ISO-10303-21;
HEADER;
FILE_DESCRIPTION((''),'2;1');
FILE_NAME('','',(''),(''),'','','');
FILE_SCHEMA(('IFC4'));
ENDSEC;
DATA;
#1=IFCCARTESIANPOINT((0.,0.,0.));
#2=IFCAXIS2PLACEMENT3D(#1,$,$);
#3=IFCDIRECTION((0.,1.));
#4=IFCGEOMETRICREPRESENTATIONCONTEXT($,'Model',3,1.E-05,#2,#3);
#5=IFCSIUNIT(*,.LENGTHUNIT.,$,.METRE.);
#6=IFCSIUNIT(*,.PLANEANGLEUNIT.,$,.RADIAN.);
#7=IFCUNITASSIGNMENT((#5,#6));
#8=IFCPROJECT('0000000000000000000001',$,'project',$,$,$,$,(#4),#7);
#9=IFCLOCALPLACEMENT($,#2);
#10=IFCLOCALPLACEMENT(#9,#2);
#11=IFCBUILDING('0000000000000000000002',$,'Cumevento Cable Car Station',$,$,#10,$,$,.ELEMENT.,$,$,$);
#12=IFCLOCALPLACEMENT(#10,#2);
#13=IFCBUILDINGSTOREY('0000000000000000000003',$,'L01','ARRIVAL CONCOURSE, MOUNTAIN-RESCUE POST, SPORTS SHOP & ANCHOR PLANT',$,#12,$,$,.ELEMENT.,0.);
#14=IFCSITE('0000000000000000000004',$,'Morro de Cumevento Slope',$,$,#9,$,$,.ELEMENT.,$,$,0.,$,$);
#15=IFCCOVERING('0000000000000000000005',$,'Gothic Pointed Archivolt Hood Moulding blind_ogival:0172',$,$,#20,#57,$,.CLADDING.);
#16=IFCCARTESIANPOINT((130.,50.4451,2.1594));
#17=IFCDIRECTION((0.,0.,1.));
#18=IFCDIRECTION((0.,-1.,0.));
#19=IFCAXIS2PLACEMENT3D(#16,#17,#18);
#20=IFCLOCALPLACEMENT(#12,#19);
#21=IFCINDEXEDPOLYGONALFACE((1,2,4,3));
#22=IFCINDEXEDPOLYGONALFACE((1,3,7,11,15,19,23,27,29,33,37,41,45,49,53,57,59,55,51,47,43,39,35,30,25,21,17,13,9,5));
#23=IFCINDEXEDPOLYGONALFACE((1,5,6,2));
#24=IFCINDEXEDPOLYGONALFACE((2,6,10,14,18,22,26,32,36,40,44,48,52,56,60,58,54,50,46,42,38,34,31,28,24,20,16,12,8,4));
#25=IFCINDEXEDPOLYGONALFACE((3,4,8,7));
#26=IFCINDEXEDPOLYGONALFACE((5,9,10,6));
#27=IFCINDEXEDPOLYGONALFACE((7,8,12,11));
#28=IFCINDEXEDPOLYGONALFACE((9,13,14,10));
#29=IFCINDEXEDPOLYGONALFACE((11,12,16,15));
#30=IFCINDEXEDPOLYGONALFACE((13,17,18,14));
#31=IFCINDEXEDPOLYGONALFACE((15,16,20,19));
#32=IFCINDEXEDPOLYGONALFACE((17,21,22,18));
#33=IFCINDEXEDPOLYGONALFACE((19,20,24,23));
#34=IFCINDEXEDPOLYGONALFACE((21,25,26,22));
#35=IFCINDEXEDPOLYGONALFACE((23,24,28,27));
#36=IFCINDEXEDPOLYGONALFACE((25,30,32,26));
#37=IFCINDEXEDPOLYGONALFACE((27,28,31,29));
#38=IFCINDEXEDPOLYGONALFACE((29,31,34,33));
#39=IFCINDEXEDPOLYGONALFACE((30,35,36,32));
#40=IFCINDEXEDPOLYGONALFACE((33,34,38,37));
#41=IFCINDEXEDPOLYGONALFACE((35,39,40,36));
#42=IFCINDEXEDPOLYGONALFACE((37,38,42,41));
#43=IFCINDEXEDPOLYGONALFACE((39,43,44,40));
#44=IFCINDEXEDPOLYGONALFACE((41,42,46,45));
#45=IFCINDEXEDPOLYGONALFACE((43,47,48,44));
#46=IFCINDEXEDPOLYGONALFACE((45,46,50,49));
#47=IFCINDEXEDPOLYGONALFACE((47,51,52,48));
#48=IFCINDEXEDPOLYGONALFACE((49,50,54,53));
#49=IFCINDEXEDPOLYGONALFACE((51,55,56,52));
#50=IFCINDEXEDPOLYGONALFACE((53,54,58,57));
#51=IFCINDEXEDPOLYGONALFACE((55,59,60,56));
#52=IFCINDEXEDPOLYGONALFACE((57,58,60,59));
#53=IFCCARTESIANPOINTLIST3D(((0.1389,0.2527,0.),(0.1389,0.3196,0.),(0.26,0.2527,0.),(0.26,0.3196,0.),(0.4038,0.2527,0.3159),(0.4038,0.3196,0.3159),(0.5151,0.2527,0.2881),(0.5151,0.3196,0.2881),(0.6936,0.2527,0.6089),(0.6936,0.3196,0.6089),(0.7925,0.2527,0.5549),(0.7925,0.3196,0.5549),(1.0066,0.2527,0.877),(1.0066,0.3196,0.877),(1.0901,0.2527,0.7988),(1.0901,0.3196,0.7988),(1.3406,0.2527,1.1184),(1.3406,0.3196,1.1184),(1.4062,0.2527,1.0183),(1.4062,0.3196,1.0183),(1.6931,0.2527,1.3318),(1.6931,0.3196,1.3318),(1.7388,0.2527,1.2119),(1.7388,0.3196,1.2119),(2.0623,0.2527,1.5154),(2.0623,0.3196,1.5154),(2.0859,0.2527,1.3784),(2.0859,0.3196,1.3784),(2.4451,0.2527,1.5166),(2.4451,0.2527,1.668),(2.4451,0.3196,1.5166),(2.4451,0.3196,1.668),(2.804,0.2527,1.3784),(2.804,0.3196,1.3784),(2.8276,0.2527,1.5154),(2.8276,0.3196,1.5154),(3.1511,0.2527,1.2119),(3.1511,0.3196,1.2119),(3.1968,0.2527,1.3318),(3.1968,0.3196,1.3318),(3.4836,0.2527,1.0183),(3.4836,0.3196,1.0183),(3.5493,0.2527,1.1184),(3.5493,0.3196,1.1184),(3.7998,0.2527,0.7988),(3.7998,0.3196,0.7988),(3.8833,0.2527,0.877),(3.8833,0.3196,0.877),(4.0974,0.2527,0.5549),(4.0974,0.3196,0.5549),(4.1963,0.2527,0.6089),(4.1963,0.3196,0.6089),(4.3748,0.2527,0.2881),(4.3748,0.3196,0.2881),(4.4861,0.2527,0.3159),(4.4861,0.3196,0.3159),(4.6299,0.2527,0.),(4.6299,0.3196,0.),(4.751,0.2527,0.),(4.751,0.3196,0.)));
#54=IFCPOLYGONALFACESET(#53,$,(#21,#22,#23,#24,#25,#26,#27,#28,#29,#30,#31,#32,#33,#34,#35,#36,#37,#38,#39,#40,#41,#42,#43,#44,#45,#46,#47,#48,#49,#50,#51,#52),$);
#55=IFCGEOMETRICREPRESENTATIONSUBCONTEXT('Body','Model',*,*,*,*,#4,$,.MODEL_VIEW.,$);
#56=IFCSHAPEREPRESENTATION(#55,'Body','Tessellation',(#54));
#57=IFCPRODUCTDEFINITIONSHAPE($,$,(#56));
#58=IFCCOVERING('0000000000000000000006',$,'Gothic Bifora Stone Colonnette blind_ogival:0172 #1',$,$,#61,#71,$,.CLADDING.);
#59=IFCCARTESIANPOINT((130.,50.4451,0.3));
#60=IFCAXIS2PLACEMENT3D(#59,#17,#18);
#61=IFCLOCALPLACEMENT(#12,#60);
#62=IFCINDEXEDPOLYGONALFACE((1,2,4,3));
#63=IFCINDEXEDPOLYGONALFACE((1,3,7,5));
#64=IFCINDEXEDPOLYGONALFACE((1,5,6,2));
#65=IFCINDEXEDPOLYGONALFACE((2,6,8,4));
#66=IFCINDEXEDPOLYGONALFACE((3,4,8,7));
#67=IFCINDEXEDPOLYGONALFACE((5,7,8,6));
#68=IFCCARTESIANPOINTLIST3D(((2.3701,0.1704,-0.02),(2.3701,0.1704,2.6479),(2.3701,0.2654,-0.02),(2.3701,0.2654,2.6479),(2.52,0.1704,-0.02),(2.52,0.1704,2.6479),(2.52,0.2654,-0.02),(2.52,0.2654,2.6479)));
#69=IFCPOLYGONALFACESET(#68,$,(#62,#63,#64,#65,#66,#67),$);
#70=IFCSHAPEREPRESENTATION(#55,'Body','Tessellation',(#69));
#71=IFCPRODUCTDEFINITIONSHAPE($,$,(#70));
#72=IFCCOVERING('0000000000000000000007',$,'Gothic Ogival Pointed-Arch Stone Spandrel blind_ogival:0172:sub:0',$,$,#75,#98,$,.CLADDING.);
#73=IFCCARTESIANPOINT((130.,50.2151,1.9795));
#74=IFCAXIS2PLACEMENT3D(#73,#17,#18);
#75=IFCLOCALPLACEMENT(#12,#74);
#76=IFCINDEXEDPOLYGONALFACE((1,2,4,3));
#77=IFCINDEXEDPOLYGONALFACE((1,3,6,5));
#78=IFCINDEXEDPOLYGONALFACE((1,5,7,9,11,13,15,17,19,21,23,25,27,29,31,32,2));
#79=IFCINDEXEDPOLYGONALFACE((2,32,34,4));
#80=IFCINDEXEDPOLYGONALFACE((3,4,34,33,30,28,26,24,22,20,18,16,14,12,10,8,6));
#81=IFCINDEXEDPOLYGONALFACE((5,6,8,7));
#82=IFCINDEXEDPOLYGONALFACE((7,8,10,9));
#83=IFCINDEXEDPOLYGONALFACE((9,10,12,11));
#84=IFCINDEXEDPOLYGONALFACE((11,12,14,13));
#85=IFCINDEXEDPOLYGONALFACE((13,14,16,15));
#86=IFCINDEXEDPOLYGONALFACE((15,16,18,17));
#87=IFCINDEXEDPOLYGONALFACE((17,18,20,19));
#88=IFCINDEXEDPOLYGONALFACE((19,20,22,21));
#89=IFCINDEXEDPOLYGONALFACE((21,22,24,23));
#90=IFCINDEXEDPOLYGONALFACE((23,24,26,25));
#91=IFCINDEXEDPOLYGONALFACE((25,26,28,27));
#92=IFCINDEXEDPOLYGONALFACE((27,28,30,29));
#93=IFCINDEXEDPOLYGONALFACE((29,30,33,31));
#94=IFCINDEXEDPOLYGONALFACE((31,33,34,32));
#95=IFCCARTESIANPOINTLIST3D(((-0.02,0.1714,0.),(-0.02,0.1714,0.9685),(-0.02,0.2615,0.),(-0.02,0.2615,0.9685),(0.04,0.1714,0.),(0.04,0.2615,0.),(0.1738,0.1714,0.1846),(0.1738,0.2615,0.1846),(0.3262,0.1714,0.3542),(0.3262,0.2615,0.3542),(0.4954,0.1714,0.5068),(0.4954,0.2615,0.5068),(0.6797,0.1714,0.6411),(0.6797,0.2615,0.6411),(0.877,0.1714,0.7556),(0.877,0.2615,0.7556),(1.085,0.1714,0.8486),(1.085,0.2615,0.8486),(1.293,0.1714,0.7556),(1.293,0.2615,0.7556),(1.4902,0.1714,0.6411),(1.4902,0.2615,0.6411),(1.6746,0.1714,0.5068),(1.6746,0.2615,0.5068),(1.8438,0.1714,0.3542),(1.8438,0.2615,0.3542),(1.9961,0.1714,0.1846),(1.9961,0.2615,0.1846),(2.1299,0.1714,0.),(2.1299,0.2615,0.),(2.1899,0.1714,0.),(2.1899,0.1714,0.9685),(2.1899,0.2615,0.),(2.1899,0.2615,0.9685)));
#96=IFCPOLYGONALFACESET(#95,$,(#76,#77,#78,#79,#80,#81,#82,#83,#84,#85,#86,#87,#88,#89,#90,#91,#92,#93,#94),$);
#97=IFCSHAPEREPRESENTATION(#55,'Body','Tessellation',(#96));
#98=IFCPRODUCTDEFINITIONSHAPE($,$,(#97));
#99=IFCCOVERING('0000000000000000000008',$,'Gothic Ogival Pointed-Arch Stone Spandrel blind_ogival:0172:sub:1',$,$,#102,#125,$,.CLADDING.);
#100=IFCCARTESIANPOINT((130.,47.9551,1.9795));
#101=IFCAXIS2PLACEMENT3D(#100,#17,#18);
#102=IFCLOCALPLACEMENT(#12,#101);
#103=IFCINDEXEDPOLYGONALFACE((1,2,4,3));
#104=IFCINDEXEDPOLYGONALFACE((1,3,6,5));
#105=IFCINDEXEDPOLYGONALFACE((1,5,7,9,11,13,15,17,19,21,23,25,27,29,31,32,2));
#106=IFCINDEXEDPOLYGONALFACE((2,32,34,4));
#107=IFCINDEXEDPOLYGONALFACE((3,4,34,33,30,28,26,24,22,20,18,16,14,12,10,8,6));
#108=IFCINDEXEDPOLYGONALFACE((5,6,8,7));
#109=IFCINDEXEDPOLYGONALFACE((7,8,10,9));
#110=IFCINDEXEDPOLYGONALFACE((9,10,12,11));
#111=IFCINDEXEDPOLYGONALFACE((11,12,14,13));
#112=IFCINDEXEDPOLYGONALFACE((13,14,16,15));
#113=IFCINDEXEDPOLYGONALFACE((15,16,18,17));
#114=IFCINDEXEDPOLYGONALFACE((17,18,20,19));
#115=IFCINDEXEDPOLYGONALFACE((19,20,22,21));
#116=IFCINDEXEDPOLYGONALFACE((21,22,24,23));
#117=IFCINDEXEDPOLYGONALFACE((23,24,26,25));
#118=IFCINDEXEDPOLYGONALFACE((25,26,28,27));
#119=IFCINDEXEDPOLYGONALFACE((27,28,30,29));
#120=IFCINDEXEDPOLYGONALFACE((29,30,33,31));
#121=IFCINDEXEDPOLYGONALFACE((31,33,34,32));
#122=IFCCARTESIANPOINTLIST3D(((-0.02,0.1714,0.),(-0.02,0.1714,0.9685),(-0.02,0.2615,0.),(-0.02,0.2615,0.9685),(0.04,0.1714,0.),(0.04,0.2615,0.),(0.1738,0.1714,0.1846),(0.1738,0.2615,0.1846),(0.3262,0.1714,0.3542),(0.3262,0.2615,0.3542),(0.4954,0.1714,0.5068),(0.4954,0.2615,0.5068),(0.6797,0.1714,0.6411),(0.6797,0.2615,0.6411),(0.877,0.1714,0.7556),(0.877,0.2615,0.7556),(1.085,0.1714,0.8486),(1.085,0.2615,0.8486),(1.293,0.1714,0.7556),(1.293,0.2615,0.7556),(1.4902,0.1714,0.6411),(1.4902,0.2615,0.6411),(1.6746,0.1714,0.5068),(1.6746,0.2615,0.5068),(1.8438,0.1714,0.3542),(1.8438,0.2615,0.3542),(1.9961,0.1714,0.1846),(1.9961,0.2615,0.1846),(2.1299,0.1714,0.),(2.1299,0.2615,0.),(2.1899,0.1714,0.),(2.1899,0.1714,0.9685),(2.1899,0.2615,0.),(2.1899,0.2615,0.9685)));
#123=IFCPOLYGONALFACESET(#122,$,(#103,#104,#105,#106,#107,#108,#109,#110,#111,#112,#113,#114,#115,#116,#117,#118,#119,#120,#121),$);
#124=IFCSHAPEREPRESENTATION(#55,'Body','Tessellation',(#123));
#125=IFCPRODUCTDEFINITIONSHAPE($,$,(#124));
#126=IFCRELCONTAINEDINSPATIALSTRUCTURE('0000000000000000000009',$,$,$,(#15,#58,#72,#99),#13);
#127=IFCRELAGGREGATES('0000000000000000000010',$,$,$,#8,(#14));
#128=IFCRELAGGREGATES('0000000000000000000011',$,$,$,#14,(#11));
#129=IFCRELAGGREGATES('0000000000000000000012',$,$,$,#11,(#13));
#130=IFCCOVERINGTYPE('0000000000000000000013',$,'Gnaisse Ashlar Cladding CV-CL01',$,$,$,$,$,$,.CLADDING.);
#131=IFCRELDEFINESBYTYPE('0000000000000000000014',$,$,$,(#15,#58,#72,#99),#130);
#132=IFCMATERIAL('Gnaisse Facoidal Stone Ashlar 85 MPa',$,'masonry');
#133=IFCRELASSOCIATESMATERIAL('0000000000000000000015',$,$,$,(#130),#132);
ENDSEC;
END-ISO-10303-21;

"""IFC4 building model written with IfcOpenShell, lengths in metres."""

from ifc_helpers import new_model, si_unit, direction, frame, origin, place, context, subcontext, project, spatial, polyline, outline, extrude, material, type_object, element, save


model = new_model("IFC4")

# Units and contexts
model_context = context("Model", 3, precision=1e-05, world=origin(), true_north=direction((0.0, 1.0)))
body_context = subcontext(model_context, "Body", "Model", "MODEL_VIEW")
ifc_project = project(units=[si_unit("LENGTHUNIT", "METRE"), si_unit("PLANEANGLEUNIT", "RADIAN")], contexts=[model_context])

# Site, building, storey
site_placement = place(None, origin())
site = spatial("IfcSite", under=ifc_project, at=site_placement, Name="Morro de Cumevento Slope", CompositionType="ELEMENT", RefElevation=0.0)
building_placement = place(site_placement, origin())
building = spatial("IfcBuilding", under=site, at=building_placement, Name="Cumevento Cable Car Station", CompositionType="ELEMENT")
storey_placement = place(building_placement, origin())
storey = spatial("IfcBuildingStorey", under=building, at=storey_placement, Name="L01", Description="ARRIVAL CONCOURSE, MOUNTAIN-RESCUE POST, SPORTS SHOP & ANCHOR PLANT", CompositionType="ELEMENT", Elevation=0.0)

# Coverings
ifc_material_1 = material(Name="Gnaisse Facoidal Stone Ashlar 85 MPa", Category="masonry")
covering_type = type_object("IfcCoveringType", Name="Gnaisse Ashlar Cladding CV-CL01", PredefinedType="CLADDING", material=ifc_material_1)
placement_1 = place(storey_placement, frame((130.0, 50.4451, 0.3), z_axis=(0.0, 0.0, 1.0), x_axis=(0.0, -1.0, 0.0)))
covering_1_placement = place(storey_placement, frame((130.0, 50.4451, 2.1594), z_axis=(0.0, 0.0, 1.0), x_axis=(0.0, -1.0, 0.0)))
element("IfcCovering", 1, at=covering_1_placement, inside=storey, type_object=covering_type, Name="Gothic Pointed Archivolt Hood Moulding blind_ogival:0172", PredefinedType="CLADDING", context=body_context, shape_type="SweptSolid", body=[
    extrude(outline(polyline([(0.26, 0.0), (0.5151, 0.2881), (0.7925, 0.5549), (1.0901, 0.7988), (1.4062, 1.0183), (1.7388, 1.2119), (2.0859, 1.3784), (2.4451, 1.5166), (2.804, 1.3784), (3.1511, 1.2119), (3.4836, 1.0183), (3.7998, 0.7988), (4.0974, 0.5549), (4.3748, 0.2881), (4.6299, 0.0), (4.751, 0.0), (4.4861, 0.3159), (4.1963, 0.6089), (3.8833, 0.877), (3.5493, 1.1184), (3.1968, 1.3318), (2.8276, 1.5154), (2.4451, 1.668), (2.0623, 1.5154), (1.6931, 1.3318), (1.3406, 1.1184), (1.0066, 0.877), (0.6936, 0.6089), (0.4038, 0.3159), (0.1389, 0.0), (0.26, 0.0)])), frame((0.0, 0.3196, 0.0), z_axis=(0.0, -1.0, 0.0), x_axis=(1.0, 0.0, 0.0)), (0.0, 0.0, 1.0), 0.0669),
])
element("IfcCovering", 2, at=placement_1, inside=storey, type_object=covering_type, Name="Gothic Bifora Stone Colonnette blind_ogival:0172 #1", PredefinedType="CLADDING", context=body_context, shape_type="SweptSolid", body=[
    extrude(outline(polyline([(2.3701, -0.02), (2.52, -0.02), (2.52, 2.6479), (2.3701, 2.6479), (2.3701, -0.02)])), frame((0.0, 0.2654, 0.0), z_axis=(0.0, -1.0, 0.0), x_axis=(1.0, 0.0, 0.0)), (0.0, 0.0, 1.0), 0.095),
])
for number, where, z_axis, x_axis, name in (
    (3, (130.0, 50.2151, 1.9795), (0.0, 0.0, 1.0), (0.0, -1.0, 0.0), "Gothic Ogival Pointed-Arch Stone Spandrel blind_ogival:0172:sub:0"),
    (4, (130.0, 47.9551, 1.9795), (0.0, 0.0, 1.0), (0.0, -1.0, 0.0), "Gothic Ogival Pointed-Arch Stone Spandrel blind_ogival:0172:sub:1"),
):
    element("IfcCovering", number, at=place(storey_placement, frame(where, z_axis=z_axis, x_axis=x_axis)), inside=storey, type_object=covering_type, Name=name, PredefinedType="CLADDING", context=body_context, shape_type="SweptSolid", body=[
        extrude(outline(polyline([(-0.02, 0.0), (-0.02, 0.9685), (2.1899, 0.9685), (2.1899, 0.0), (2.1299, 0.0), (1.9961, 0.1846), (1.8438, 0.3542), (1.6746, 0.5068), (1.4902, 0.6411), (1.293, 0.7556), (1.085, 0.8486), (0.877, 0.7556), (0.6797, 0.6411), (0.4954, 0.5068), (0.3262, 0.3542), (0.1738, 0.1846), (0.04, 0.0), (-0.02, 0.0)])), frame((0.0, 0.2615, 0.0), z_axis=(0.0, -1.0, 0.0), x_axis=(1.0, 0.0, 0.0)), (0.0, 0.0, 1.0), 0.0901),
    ])

save(model, "model.ifc")
